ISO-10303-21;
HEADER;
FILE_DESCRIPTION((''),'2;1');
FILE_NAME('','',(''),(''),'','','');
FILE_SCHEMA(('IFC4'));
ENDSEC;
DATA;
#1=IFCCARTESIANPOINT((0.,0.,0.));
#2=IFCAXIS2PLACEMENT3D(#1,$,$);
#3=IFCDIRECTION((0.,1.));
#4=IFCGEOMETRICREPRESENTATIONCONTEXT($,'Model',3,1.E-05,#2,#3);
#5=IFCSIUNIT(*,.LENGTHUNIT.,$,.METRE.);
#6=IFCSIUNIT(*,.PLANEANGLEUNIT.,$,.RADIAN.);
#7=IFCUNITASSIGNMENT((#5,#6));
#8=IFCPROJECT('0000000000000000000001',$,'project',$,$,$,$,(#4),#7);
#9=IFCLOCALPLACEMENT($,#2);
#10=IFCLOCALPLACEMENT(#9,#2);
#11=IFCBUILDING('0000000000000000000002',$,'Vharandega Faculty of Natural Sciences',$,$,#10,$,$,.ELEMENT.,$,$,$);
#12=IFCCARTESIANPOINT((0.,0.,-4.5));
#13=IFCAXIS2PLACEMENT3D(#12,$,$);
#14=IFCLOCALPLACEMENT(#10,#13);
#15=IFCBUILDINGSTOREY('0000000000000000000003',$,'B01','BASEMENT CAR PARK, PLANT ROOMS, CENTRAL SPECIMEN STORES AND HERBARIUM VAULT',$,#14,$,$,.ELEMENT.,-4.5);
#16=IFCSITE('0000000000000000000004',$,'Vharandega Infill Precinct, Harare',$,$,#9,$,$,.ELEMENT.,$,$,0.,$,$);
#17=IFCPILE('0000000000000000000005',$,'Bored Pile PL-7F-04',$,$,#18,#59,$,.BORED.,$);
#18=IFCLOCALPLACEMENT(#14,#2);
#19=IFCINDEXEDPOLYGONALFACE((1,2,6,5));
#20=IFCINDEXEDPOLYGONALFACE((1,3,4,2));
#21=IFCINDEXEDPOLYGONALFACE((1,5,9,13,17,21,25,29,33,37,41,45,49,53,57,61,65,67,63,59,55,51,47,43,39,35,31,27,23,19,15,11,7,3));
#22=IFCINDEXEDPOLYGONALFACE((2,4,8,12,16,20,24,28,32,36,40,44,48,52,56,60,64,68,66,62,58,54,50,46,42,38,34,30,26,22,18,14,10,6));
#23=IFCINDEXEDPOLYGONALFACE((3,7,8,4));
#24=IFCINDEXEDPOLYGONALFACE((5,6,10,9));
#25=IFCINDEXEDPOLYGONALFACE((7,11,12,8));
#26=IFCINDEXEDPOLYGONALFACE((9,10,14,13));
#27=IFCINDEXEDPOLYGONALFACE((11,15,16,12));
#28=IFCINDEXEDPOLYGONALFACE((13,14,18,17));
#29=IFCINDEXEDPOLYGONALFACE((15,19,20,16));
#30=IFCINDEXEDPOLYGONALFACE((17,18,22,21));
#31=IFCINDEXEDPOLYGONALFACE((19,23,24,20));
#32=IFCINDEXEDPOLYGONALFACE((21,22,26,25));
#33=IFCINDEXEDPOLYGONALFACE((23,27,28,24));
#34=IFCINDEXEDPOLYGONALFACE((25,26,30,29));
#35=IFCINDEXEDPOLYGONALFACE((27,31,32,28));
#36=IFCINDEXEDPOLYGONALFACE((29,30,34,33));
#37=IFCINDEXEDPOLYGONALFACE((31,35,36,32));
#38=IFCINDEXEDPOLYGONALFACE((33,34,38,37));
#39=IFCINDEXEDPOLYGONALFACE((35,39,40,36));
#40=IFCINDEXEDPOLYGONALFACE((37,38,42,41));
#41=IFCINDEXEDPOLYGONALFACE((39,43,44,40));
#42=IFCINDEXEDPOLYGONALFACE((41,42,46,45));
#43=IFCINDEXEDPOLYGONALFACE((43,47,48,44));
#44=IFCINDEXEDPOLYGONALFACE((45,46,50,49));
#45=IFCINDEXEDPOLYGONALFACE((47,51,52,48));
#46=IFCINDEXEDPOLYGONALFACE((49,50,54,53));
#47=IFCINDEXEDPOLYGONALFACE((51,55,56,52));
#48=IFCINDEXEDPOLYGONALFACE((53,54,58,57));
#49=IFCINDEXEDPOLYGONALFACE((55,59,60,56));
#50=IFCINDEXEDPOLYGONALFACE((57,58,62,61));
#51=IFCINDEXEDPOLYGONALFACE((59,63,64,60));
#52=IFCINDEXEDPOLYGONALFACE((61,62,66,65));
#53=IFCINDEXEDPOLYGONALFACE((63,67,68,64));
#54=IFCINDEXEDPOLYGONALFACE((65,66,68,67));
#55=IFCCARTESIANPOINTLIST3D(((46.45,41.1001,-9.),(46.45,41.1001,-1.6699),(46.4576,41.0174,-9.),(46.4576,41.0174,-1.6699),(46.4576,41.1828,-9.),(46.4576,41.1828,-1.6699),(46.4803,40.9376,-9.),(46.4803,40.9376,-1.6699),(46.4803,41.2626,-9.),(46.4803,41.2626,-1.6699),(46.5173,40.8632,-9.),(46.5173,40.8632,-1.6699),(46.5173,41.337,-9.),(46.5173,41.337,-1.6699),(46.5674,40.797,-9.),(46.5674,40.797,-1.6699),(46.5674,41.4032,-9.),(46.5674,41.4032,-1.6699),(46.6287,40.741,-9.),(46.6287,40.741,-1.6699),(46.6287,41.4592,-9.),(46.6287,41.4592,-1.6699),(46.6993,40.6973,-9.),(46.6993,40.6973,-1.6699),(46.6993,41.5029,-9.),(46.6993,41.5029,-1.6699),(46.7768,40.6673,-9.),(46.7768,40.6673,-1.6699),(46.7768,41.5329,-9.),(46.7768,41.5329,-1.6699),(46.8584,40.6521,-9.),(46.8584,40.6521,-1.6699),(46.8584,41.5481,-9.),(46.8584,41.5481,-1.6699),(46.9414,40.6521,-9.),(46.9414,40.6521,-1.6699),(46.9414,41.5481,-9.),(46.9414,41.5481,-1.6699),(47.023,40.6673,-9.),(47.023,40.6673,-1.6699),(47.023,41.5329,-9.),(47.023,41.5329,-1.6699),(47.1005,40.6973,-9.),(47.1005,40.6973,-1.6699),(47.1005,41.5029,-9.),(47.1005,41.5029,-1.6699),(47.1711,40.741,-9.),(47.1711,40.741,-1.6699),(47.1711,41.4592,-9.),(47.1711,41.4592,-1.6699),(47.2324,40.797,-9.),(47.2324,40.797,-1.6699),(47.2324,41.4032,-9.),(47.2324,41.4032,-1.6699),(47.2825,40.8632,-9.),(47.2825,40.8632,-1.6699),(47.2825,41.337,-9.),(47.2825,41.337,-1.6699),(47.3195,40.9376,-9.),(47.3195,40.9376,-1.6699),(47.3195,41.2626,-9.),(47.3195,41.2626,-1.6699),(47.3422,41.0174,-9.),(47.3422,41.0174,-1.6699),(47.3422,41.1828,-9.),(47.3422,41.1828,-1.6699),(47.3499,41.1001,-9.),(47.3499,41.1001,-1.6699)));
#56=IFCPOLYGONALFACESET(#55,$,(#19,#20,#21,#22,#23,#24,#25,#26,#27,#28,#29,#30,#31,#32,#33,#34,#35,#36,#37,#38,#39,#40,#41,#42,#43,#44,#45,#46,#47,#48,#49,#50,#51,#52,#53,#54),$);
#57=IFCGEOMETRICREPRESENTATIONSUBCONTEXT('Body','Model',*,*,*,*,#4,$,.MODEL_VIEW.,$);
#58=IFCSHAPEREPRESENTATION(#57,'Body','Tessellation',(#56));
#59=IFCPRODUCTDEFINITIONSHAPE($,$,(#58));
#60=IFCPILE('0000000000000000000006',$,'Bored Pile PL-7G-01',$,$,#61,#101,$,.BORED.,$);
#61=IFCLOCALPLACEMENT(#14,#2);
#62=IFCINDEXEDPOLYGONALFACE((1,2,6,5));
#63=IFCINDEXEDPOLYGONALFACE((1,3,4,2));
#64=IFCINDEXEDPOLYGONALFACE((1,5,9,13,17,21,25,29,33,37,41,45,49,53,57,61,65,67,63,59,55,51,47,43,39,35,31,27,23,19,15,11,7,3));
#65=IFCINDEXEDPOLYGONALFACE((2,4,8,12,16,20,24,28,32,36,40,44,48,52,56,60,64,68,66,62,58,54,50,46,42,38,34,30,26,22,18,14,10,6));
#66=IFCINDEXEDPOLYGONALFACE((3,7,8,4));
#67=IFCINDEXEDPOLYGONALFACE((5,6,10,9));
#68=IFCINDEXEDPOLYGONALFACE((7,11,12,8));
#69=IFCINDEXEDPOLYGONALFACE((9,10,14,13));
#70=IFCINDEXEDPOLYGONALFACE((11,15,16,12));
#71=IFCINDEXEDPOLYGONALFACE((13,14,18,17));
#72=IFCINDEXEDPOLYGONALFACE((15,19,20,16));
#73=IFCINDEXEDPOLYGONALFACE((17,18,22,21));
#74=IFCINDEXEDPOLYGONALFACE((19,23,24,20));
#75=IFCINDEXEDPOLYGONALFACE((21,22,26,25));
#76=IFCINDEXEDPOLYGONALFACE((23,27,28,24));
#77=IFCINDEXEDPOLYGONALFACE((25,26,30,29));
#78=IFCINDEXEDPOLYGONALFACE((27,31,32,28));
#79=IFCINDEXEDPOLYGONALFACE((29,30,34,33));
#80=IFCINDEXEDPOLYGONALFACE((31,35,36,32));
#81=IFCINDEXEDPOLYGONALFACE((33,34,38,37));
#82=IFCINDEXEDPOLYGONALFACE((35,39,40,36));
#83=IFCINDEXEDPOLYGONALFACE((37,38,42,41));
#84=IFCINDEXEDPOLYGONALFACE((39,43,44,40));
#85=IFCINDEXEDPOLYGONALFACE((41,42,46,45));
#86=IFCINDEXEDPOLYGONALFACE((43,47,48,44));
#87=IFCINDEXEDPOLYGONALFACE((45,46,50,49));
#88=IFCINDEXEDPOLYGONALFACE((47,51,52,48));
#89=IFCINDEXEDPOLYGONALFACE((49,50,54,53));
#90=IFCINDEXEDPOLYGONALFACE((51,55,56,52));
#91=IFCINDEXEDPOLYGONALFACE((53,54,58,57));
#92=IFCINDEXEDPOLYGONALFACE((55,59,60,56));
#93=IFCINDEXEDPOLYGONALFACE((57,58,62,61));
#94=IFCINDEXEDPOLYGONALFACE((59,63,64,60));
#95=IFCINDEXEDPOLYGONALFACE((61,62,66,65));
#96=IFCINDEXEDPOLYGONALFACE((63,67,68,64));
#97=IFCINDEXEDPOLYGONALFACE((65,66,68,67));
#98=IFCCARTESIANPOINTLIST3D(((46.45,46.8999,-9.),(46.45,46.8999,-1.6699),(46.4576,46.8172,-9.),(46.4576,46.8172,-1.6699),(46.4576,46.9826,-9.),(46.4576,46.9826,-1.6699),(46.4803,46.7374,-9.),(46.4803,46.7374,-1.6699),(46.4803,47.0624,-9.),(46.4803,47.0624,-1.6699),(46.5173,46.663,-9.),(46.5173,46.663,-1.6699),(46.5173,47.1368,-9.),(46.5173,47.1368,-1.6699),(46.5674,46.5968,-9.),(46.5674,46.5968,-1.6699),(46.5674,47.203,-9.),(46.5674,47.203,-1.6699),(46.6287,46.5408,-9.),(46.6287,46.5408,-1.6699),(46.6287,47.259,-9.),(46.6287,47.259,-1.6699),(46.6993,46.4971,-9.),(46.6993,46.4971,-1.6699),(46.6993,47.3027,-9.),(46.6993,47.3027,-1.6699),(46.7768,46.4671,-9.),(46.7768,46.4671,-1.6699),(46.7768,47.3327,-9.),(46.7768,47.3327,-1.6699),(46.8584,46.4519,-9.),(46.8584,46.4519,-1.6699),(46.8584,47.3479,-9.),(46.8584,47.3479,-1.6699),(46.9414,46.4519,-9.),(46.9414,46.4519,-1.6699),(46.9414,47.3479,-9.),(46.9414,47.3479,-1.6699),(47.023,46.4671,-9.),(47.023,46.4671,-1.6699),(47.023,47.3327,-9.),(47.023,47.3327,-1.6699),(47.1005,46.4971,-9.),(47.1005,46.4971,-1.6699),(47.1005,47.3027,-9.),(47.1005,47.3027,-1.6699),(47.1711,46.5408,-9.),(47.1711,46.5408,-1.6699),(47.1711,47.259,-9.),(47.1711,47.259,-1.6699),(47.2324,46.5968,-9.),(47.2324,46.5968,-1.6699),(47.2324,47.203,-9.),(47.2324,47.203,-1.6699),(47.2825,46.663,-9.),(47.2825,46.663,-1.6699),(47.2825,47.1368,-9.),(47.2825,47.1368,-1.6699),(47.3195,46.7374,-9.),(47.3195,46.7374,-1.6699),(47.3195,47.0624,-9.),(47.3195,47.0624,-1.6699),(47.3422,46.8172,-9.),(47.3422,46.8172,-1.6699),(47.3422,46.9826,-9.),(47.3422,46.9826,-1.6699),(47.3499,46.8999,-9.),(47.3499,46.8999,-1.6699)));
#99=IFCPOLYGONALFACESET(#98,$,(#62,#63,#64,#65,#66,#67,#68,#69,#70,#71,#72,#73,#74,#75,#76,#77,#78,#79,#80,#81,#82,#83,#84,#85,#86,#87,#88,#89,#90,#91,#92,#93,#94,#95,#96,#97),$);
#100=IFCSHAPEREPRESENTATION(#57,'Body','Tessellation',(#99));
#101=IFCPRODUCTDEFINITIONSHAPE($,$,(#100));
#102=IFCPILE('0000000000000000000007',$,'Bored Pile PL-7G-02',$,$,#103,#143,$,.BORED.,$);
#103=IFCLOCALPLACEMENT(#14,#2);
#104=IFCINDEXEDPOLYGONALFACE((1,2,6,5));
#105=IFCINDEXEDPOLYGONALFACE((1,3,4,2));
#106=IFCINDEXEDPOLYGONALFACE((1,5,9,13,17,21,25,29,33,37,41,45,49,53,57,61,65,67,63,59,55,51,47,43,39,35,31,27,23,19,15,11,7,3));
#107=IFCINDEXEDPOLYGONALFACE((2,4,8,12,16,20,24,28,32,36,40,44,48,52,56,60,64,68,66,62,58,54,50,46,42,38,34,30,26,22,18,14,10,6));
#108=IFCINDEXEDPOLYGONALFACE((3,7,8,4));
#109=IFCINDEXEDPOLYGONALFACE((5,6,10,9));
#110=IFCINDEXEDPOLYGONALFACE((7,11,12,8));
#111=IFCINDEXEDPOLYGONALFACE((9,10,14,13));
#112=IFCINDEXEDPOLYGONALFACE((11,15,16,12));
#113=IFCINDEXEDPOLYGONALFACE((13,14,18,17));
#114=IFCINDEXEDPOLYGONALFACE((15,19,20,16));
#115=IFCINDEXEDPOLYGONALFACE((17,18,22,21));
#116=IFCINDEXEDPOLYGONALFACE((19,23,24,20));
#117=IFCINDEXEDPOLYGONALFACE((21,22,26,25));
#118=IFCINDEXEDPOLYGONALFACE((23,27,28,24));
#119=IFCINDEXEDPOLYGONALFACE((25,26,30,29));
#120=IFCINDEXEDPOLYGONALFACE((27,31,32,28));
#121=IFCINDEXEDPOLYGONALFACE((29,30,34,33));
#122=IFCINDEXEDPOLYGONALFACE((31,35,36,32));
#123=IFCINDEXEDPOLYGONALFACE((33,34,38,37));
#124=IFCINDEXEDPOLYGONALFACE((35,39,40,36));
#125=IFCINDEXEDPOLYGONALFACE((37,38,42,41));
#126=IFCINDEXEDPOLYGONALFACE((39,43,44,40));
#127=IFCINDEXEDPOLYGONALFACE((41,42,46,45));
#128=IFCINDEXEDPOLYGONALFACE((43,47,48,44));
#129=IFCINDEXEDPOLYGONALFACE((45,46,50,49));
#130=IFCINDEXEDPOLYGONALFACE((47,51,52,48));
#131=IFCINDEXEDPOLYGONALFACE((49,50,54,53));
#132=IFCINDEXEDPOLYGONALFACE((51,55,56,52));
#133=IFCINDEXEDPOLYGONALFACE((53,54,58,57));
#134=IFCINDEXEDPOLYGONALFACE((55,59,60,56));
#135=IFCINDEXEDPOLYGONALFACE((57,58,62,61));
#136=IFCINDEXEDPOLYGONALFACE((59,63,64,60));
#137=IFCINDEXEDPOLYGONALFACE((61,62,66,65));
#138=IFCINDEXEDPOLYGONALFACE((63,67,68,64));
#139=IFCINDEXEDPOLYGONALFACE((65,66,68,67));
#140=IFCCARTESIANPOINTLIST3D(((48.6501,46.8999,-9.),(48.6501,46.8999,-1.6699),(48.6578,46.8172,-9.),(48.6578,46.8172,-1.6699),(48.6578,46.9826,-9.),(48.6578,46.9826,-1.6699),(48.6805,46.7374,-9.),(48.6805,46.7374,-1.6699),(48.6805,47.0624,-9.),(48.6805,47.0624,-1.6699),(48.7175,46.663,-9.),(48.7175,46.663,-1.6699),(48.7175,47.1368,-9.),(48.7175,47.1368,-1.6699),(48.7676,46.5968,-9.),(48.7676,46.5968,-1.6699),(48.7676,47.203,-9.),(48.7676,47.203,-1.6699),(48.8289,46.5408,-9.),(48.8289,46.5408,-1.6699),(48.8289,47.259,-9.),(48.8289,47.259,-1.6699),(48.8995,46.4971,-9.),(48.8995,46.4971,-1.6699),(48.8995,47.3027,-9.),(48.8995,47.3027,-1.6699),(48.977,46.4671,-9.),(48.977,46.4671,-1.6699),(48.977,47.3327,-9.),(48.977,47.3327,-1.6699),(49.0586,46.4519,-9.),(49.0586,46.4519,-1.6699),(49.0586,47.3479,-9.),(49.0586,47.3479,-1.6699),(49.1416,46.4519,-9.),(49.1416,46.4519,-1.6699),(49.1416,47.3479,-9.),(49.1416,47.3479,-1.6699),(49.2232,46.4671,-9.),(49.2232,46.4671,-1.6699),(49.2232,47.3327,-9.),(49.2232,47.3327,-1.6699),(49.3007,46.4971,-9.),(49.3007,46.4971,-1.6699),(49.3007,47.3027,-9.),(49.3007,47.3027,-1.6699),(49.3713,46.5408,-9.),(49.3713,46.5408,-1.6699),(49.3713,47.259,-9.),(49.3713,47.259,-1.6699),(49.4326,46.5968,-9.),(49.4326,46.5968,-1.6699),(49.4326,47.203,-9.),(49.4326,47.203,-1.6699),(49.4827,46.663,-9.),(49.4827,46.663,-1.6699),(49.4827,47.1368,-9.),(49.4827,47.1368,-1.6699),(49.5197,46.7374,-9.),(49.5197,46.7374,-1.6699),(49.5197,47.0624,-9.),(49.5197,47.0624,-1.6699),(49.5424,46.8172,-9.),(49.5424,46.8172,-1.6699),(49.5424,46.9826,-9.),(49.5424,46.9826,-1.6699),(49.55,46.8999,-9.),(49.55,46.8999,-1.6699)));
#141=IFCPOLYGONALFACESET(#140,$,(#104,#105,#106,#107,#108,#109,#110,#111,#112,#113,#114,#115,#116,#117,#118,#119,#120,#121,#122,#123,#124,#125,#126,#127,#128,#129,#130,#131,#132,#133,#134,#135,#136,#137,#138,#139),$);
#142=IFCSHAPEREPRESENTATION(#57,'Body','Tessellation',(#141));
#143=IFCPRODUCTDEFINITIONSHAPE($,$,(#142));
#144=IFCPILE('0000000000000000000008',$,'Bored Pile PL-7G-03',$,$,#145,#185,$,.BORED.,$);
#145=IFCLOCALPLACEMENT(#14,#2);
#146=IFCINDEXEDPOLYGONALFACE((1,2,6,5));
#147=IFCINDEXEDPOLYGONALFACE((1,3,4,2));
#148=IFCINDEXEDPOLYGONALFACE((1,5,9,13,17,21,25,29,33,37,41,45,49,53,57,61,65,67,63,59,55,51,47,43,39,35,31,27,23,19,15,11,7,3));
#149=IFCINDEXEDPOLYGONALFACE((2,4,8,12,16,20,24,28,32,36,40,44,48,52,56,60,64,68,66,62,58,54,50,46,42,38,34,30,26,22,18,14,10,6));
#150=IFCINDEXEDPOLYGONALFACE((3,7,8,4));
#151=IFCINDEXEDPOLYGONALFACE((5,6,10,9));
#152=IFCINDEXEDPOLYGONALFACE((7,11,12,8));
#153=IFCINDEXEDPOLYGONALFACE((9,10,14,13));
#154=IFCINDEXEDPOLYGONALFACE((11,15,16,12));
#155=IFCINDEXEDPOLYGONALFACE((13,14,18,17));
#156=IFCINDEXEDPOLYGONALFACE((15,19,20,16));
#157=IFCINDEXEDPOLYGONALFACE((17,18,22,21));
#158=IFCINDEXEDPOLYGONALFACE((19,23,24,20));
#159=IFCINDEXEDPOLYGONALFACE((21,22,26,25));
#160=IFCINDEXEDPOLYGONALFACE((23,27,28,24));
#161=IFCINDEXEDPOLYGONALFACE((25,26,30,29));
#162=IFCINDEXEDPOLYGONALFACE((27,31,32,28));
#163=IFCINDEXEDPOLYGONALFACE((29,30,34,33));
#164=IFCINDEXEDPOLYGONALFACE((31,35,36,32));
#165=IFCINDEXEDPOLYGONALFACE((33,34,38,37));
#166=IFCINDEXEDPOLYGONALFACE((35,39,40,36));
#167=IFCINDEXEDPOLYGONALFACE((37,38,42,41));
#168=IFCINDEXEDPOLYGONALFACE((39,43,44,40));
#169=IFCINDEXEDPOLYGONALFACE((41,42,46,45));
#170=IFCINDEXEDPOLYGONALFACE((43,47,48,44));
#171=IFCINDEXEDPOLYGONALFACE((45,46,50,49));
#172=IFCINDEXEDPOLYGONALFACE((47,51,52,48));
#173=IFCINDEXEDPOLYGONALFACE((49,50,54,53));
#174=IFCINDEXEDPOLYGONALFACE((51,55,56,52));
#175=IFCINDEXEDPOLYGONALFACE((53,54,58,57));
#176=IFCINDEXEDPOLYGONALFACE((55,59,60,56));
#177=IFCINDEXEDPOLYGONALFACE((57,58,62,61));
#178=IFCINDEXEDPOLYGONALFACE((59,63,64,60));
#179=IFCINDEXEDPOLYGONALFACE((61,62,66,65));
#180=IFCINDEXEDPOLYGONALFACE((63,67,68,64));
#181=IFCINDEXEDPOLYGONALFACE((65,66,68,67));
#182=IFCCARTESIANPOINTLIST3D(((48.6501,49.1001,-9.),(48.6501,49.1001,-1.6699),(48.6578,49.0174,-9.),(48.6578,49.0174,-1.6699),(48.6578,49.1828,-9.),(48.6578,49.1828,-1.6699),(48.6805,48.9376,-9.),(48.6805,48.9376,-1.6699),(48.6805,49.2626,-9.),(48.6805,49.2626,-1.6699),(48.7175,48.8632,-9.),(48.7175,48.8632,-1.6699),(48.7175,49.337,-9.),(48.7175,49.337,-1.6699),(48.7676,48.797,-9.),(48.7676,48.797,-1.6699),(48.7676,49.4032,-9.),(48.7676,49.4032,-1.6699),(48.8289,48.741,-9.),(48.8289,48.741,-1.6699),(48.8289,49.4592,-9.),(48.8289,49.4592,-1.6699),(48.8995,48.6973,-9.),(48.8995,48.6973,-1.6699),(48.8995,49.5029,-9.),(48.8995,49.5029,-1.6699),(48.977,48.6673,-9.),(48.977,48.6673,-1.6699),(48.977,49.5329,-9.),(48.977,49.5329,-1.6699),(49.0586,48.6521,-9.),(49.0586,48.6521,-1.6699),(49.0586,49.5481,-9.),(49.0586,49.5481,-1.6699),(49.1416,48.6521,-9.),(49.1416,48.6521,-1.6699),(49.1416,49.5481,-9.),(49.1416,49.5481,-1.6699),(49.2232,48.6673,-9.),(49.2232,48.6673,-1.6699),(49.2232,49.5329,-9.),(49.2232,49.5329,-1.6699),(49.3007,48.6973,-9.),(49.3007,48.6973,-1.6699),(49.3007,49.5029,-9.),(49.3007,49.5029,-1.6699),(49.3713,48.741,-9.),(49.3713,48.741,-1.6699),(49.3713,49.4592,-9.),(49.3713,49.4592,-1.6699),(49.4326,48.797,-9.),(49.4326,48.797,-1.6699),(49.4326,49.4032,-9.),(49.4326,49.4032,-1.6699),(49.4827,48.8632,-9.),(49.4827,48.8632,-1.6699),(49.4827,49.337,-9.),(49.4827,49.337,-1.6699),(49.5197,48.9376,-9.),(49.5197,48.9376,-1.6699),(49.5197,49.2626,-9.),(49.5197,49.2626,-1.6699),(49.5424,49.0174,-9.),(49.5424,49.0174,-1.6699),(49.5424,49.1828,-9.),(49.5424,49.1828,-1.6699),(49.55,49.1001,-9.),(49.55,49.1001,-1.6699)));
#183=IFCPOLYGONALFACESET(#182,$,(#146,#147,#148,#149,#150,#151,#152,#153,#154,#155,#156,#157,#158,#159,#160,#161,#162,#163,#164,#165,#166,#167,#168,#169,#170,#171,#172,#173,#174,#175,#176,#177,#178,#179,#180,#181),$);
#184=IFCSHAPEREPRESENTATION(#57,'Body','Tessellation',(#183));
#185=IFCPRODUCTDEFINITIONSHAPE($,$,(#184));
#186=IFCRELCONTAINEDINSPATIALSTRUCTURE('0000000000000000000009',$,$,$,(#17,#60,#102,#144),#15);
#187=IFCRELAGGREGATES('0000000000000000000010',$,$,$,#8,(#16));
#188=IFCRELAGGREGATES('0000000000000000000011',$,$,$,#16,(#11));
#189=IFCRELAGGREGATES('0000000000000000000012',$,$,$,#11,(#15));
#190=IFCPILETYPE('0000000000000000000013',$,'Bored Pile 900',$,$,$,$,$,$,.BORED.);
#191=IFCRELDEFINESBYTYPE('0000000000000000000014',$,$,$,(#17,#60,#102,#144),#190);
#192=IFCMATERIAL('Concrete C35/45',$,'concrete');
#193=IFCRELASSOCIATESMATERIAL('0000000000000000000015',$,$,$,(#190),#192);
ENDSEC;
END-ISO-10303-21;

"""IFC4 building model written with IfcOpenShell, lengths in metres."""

from ifc_helpers import new_model, si_unit, direction, frame, origin, origin_2d, place, context, subcontext, project, spatial, circle, extrude, material, material_profile, profile_set, type_object, element, save


model = new_model("IFC4")

# Units and contexts
model_context = context("Model", 3, precision=1e-05, world=origin(), true_north=direction((0.0, 1.0)))
body_context = subcontext(model_context, "Body", "Model", "MODEL_VIEW")
ifc_project = project(units=[si_unit("LENGTHUNIT", "METRE"), si_unit("PLANEANGLEUNIT", "RADIAN")], contexts=[model_context])

# Site, building, storey
site_placement = place(None, origin())
site = spatial("IfcSite", under=ifc_project, at=site_placement, Name="Vharandega Infill Precinct, Harare", CompositionType="ELEMENT", RefElevation=0.0)
building_placement = place(site_placement, origin())
building = spatial("IfcBuilding", under=site, at=building_placement, Name="Vharandega Faculty of Natural Sciences", CompositionType="ELEMENT")
storey_placement = place(building_placement, frame((0.0, 0.0, -4.5)))
storey = spatial("IfcBuildingStorey", under=building, at=storey_placement, Name="B01", Description="BASEMENT CAR PARK, PLANT ROOMS, CENTRAL SPECIMEN STORES AND HERBARIUM VAULT", CompositionType="ELEMENT", Elevation=-4.5)

# Piles
ifc_material_1 = material(Name="Concrete C35/45", Category="concrete")
ifc_material_profile_1 = material_profile(ifc_material_1, circle(Radius=0.45, at=origin_2d()), Name="PILE 900")
ifc_profile_set_1 = profile_set([ifc_material_profile_1], Name="Concrete C35/45")
pile_type_1 = type_object("IfcPileType", Name="Bored Pile 900", PredefinedType="BORED", material=ifc_profile_set_1)
for number, where, z_axis, x_axis, name in (
    (1, (46.8999, 41.1001, -1.6699), (0.0, 0.0, -1.0), (1.0, 0.0, 0.0), "Bored Pile PL-7F-04"),
    (2, (46.8999, 46.8999, -1.6699), (0.0, 0.0, -1.0), (1.0, 0.0, 0.0), "Bored Pile PL-7G-01"),
    (3, (49.1001, 46.8999, -1.6699), (0.0, 0.0, -1.0), (1.0, 0.0, 0.0), "Bored Pile PL-7G-02"),
    (4, (49.1001, 49.1001, -1.6699), (0.0, 0.0, -1.0), (1.0, 0.0, 0.0), "Bored Pile PL-7G-03"),
):
    element("IfcPile", number, at=place(storey_placement, frame(where, z_axis=z_axis, x_axis=x_axis)), inside=storey, type_object=pile_type_1, Name=name, PredefinedType="BORED", context=body_context, shape_type="SweptSolid", body=[
        extrude(circle(Radius=0.45, at=origin_2d()), origin(), (0.0, 0.0, 1.0), 7.3301),
    ])

save(model, "model.ifc")
